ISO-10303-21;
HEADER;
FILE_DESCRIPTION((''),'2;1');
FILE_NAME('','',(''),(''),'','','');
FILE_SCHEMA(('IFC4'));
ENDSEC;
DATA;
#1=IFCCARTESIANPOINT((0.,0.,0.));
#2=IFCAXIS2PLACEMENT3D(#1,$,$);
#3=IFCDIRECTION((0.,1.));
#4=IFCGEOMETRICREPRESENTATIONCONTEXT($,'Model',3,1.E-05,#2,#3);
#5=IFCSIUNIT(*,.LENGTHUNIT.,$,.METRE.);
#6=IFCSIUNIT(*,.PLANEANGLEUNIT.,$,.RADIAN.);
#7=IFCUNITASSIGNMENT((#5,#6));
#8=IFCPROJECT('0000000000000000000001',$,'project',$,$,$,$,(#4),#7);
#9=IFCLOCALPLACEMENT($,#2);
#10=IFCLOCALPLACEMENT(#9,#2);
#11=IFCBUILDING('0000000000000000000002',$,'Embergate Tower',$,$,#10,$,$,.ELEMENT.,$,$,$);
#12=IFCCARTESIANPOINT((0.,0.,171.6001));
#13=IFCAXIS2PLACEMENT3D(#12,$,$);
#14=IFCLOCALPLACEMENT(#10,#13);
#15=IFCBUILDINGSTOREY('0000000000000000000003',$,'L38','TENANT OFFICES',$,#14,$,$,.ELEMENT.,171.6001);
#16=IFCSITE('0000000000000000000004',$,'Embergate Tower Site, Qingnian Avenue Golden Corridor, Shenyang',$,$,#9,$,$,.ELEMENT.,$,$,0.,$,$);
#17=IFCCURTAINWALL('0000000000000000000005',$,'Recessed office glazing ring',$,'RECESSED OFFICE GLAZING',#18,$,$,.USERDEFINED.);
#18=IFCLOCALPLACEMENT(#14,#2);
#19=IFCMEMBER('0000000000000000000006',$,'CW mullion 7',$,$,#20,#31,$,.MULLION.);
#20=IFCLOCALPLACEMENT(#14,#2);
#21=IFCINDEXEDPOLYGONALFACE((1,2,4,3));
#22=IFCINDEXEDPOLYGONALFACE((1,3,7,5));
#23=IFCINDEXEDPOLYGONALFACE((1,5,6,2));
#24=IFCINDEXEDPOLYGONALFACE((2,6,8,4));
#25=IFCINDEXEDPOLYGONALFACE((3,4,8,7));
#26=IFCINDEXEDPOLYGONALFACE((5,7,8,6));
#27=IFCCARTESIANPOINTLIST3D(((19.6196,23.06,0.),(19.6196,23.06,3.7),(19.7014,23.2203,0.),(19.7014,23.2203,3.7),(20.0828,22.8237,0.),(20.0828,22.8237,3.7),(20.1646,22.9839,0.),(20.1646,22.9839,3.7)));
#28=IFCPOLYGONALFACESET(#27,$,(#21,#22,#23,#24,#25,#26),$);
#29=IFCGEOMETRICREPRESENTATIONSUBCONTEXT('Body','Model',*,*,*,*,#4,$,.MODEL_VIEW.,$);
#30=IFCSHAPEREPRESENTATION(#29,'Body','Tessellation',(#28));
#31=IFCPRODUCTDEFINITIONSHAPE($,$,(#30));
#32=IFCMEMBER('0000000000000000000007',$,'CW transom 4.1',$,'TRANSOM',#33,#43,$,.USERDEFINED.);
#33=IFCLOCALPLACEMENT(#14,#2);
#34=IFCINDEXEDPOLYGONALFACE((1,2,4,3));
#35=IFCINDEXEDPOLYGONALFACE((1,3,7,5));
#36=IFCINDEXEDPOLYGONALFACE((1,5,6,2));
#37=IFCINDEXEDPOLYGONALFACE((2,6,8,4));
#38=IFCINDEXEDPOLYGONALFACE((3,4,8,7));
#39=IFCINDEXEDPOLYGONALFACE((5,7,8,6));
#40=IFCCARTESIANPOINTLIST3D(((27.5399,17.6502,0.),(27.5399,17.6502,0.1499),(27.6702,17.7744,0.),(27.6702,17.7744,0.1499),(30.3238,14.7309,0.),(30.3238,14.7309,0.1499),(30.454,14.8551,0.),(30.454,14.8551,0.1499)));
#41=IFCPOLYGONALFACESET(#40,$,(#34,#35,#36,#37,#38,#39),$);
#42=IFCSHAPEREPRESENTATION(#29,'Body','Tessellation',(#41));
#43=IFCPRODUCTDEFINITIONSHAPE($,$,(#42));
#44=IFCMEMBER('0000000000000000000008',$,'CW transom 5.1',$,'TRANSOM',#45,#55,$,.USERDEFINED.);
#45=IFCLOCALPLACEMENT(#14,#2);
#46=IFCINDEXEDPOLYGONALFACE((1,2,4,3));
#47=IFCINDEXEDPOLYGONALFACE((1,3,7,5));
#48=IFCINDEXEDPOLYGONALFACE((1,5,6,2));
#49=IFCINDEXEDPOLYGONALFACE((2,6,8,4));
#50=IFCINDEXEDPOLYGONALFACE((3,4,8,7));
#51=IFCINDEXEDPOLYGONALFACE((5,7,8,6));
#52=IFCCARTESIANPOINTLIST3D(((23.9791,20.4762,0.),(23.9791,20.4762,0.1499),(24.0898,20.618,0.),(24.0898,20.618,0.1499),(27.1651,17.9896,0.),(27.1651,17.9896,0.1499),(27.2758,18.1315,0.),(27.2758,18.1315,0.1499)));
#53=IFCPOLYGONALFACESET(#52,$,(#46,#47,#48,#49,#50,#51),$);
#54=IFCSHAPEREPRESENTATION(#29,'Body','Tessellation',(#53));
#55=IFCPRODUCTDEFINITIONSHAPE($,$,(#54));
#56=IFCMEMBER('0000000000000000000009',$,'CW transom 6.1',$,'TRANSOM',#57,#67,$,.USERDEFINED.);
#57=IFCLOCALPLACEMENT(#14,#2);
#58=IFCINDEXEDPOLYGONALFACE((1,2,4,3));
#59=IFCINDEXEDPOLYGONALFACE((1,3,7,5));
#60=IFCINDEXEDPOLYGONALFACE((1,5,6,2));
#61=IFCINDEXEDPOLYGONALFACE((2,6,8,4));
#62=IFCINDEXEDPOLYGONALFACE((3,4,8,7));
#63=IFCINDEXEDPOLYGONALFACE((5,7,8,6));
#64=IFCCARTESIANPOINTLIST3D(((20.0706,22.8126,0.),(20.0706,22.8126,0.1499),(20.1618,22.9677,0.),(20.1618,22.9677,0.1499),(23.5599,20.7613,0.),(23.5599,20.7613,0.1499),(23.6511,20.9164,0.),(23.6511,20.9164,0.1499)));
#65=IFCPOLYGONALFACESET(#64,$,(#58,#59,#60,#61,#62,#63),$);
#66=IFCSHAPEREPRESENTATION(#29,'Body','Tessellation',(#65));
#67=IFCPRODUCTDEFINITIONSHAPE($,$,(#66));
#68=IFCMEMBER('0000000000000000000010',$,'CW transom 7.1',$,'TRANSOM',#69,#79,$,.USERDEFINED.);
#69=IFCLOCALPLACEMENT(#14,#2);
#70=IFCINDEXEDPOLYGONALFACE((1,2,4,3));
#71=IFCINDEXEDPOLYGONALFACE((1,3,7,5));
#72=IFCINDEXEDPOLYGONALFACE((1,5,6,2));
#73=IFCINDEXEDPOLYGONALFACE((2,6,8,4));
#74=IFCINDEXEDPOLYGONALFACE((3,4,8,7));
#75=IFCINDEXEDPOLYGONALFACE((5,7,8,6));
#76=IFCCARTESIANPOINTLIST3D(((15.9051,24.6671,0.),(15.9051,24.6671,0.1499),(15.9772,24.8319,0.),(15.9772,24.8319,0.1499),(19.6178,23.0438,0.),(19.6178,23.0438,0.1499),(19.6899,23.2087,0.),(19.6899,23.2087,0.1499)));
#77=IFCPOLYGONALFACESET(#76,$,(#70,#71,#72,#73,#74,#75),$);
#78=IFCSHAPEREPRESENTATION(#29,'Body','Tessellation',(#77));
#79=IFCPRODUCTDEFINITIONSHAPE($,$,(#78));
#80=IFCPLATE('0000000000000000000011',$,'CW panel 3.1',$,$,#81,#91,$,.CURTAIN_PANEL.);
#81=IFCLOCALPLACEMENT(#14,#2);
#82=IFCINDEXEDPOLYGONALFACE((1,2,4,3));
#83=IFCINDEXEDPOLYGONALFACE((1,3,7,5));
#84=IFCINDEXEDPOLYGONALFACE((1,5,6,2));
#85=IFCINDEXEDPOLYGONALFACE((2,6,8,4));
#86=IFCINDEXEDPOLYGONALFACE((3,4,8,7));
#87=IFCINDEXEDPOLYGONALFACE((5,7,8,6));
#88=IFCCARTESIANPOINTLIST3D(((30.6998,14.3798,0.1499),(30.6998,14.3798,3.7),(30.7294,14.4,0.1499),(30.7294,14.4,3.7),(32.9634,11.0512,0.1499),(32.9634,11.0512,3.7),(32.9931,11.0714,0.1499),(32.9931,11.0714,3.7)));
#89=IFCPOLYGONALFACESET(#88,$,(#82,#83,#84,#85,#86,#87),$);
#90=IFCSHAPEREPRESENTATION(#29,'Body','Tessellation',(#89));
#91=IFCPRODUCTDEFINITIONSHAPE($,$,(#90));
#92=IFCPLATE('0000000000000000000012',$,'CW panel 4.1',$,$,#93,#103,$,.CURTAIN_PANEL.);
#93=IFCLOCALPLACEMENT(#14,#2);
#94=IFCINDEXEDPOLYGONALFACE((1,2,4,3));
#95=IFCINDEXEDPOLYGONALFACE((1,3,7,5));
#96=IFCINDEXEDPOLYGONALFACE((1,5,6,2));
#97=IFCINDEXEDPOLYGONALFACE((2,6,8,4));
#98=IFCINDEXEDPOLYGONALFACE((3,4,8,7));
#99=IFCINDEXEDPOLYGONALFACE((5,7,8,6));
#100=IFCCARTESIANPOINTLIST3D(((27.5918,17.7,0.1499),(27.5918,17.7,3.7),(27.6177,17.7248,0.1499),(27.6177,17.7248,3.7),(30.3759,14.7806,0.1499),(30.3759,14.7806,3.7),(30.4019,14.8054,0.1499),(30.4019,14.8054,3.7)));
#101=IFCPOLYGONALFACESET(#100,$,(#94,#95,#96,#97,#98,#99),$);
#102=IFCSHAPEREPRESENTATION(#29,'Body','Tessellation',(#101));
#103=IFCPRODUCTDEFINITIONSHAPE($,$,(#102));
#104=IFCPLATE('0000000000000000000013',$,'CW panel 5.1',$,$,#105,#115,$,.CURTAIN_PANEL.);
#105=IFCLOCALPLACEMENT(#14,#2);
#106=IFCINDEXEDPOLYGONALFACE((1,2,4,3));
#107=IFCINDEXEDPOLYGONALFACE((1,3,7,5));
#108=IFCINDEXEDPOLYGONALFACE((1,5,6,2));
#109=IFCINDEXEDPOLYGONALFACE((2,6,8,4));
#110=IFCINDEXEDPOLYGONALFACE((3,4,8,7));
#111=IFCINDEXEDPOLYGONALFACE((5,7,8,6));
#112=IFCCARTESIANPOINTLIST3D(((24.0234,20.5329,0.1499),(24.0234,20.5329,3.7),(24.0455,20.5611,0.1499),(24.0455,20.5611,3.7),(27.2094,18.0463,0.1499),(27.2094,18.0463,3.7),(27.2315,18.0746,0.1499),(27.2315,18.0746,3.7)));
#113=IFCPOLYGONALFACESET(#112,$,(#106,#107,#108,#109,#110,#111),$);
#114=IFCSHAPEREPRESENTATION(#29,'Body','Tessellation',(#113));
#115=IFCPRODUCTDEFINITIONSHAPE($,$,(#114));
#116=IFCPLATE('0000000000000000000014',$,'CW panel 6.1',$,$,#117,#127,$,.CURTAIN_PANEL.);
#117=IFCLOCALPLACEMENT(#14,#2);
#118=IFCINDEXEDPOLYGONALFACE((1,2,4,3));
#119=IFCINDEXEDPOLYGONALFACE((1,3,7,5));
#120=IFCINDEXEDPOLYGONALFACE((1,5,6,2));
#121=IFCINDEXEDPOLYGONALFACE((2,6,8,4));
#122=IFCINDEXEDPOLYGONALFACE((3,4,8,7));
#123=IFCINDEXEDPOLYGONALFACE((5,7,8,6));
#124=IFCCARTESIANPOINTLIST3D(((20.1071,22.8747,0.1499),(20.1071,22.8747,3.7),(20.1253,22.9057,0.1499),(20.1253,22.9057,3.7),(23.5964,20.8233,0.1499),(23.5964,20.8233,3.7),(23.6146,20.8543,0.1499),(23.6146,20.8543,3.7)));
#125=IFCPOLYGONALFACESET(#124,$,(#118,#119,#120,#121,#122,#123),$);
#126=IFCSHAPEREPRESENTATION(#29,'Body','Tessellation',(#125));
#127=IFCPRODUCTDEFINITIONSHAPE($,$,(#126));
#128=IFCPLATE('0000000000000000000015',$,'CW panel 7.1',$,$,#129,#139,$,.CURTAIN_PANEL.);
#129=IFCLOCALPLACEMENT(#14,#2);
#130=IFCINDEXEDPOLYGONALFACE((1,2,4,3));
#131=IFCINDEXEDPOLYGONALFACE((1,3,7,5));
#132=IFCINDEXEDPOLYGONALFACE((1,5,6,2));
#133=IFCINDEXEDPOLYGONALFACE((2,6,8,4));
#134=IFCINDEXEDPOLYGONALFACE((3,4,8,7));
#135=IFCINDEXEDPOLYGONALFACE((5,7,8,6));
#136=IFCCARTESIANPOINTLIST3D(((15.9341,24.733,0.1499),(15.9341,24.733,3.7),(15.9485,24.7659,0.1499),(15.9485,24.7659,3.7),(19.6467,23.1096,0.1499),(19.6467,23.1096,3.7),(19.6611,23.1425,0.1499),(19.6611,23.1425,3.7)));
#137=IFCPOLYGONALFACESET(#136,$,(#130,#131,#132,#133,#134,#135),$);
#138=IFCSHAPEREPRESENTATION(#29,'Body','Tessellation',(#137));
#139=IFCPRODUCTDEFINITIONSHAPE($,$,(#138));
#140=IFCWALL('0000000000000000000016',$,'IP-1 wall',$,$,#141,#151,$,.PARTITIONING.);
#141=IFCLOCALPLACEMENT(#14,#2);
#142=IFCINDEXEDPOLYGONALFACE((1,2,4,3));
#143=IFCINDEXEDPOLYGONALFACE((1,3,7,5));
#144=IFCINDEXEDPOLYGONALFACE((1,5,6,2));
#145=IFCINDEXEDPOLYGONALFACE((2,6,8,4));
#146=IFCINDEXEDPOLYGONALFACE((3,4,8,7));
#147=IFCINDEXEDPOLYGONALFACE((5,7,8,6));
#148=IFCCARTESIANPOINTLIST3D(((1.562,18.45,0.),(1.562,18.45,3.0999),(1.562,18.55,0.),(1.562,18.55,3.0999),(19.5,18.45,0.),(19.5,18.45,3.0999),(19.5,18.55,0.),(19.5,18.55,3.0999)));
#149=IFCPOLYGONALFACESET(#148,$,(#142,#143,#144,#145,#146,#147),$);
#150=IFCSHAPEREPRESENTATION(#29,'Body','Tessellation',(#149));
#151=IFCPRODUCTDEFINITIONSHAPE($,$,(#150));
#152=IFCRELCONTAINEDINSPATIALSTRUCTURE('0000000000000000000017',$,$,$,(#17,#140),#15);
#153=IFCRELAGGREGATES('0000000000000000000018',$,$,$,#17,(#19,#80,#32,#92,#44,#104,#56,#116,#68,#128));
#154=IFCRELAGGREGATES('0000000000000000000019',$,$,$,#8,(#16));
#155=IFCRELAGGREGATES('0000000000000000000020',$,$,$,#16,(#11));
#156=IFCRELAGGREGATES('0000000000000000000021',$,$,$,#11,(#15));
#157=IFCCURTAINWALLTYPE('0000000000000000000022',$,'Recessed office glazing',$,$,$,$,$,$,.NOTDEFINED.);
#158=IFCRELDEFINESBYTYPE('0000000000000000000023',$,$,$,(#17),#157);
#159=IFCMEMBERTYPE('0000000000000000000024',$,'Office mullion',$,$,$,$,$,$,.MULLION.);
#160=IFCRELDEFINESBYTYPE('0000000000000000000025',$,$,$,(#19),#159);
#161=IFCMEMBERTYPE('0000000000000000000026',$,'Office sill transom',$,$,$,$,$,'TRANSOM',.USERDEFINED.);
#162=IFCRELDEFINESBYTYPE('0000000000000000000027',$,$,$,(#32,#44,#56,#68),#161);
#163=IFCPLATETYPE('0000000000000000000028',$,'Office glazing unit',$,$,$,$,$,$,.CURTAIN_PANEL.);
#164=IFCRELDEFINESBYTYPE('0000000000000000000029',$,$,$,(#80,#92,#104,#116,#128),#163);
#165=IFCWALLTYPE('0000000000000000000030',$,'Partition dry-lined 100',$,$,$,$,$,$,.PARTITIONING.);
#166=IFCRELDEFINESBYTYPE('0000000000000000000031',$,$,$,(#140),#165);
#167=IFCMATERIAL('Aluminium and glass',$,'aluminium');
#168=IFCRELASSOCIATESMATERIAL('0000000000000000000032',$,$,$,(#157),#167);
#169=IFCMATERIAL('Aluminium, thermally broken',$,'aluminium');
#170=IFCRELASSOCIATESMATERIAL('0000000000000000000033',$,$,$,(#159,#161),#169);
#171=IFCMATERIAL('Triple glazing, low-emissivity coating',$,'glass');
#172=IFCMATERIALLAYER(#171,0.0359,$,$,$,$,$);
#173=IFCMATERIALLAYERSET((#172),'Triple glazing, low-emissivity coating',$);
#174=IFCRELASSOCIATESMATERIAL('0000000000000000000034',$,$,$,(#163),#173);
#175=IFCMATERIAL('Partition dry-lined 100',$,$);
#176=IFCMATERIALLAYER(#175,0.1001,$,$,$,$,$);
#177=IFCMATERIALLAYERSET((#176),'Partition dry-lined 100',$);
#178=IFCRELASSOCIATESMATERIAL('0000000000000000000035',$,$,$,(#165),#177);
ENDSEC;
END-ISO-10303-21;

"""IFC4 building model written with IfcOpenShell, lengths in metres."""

from ifc_helpers import new_model, si_unit, direction, frame, frame_2d, origin, origin_2d, place, context, subcontext, project, spatial, rectangle, extrude, source, transform, mapped, material, layer, layer_set, material_profile, profile_set, type_object, element, aggregate, save


model = new_model("IFC4")

# Units and contexts
model_context = context("Model", 3, precision=1e-05, world=origin(), true_north=direction((0.0, 1.0)))
body_context = subcontext(model_context, "Body", "Model", "MODEL_VIEW")
ifc_project = project(units=[si_unit("LENGTHUNIT", "METRE"), si_unit("PLANEANGLEUNIT", "RADIAN")], contexts=[model_context])

# Site, building, storey
site_placement = place(None, origin())
site = spatial("IfcSite", under=ifc_project, at=site_placement, Name="Embergate Tower Site, Qingnian Avenue Golden Corridor, Shenyang", CompositionType="ELEMENT", RefElevation=0.0)
building_placement = place(site_placement, origin())
building = spatial("IfcBuilding", under=site, at=building_placement, Name="Embergate Tower", CompositionType="ELEMENT")
storey_placement = place(building_placement, frame((0.0, 0.0, 171.6001)))
storey = spatial("IfcBuildingStorey", under=building, at=storey_placement, Name="L38", Description="TENANT OFFICES", CompositionType="ELEMENT", Elevation=171.6001)

# Curtain wall, members, plates
ifc_material_1 = material(Name="Aluminium and glass", Category="aluminium")
curtain_wall_type = type_object("IfcCurtainWallType", Name="Recessed office glazing", PredefinedType="NOTDEFINED", material=ifc_material_1)
curtain_wall_placement = place(storey_placement, origin())
curtain_wall = element("IfcCurtainWall", 1, at=curtain_wall_placement, inside=storey, type_object=curtain_wall_type, Name="Recessed office glazing ring", ObjectType="RECESSED OFFICE GLAZING", PredefinedType="USERDEFINED")
ifc_material_2 = material(Name="Aluminium, thermally broken", Category="aluminium")
ifc_material_profile_1 = material_profile(ifc_material_2, rectangle(XDim=0.1799, YDim=0.52, at=origin_2d()), Name="AL 520x180")
ifc_profile_set_1 = profile_set([ifc_material_profile_1], Name="Aluminium, thermally broken")
member_type_1 = type_object("IfcMemberType", Name="Office mullion", PredefinedType="MULLION", material=ifc_profile_set_1)
shared_shape_1 = source(origin(), body_context, "Body", "SweptSolid", [
    extrude(rectangle(XDim=0.1799, YDim=0.52, at=origin_2d()), origin(), (0.0, 0.0, 1.0), 3.7),
])
member_1_placement = place(storey_placement, frame((19.8921, 23.022, 0.0), z_axis=(0.0, 0.0, 1.0), x_axis=(-0.454505, -0.890744, 0.0)))
member_1 = element("IfcMember", 2, at=member_1_placement, type_object=member_type_1, Name="CW mullion 7", PredefinedType="MULLION", context=body_context, shape_type="MappedRepresentation", body=[
    mapped(shared_shape_1, transform((0.0, 0.0, 0.0))),
])
ifc_material_profile_2 = material_profile(ifc_material_2, rectangle(XDim=0.1799, YDim=0.1499, at=origin_2d()), Name="AL 150x180")
ifc_profile_set_2 = profile_set([ifc_material_profile_2], Name="Aluminium, thermally broken")
member_type_2 = type_object("IfcMemberType", Name="Office sill transom", ElementType="TRANSOM", PredefinedType="USERDEFINED", material=ifc_profile_set_2)
shared_shape_2 = source(origin(), body_context, "Body", "SweptSolid", [
    extrude(rectangle(XDim=0.1799, YDim=0.1499, at=origin_2d()), origin(), (0.0, 0.0, 1.0), 4.0339),
])
member_2_placement = place(storey_placement, frame((30.3889, 14.793, 0.075), z_axis=(-0.690113, 0.723702, 0.0), x_axis=(-0.723702, -0.690113, 0.0)))
member_2 = element("IfcMember", 3, at=member_2_placement, type_object=member_type_2, Name="CW transom 4.1", ObjectType="TRANSOM", PredefinedType="USERDEFINED", context=body_context, shape_type="MappedRepresentation", body=[
    mapped(shared_shape_2, transform((0.0, 0.0, 0.0))),
])
shared_shape_3 = source(origin(), body_context, "Body", "SweptSolid", [
    extrude(rectangle(XDim=0.1799, YDim=0.1499, at=origin_2d()), origin(), (0.0, 0.0, 1.0), 4.0415),
])
member_3_placement = place(storey_placement, frame((27.2205, 18.0605, 0.075), z_axis=(-0.788327, 0.615257, 0.0), x_axis=(-0.615257, -0.788327, 0.0)))
member_3 = element("IfcMember", 4, at=member_3_placement, type_object=member_type_2, Name="CW transom 5.1", ObjectType="TRANSOM", PredefinedType="USERDEFINED", context=body_context, shape_type="MappedRepresentation", body=[
    mapped(shared_shape_3, transform((0.0, 0.0, 0.0))),
])
shared_shape_4 = source(origin(), body_context, "Body", "SweptSolid", [
    extrude(rectangle(XDim=0.1799, YDim=0.1499, at=origin_2d()), origin(), (0.0, 0.0, 1.0), 4.0476),
])
member_4_placement = place(storey_placement, frame((23.6055, 20.8389, 0.075), z_axis=(-0.862068, 0.506793, 0.0), x_axis=(-0.506793, -0.862068, 0.0)))
member_4 = element("IfcMember", 5, at=member_4_placement, type_object=member_type_2, Name="CW transom 6.1", ObjectType="TRANSOM", PredefinedType="USERDEFINED", context=body_context, shape_type="MappedRepresentation", body=[
    mapped(shared_shape_4, transform((0.0, 0.0, 0.0))),
])
shared_shape_5 = source(origin(), body_context, "Body", "SweptSolid", [
    extrude(rectangle(XDim=0.1799, YDim=0.1499, at=origin_2d()), origin(), (0.0, 0.0, 1.0), 4.052),
])
member_5_placement = place(storey_placement, frame((19.6538, 23.1262, 0.075), z_axis=(-0.916247, 0.400613, 0.0), x_axis=(-0.400613, -0.916247, 0.0)))
member_5 = element("IfcMember", 6, at=member_5_placement, type_object=member_type_2, Name="CW transom 7.1", ObjectType="TRANSOM", PredefinedType="USERDEFINED", context=body_context, shape_type="MappedRepresentation", body=[
    mapped(shared_shape_5, transform((0.0, 0.0, 0.0))),
])
ifc_material_3 = material(Name="Triple glazing, low-emissivity coating", Category="glass")
ifc_layer_1 = layer(ifc_material_3, 0.0359)
ifc_layer_set_1 = layer_set([ifc_layer_1], Name="Triple glazing, low-emissivity coating")
plate_type = type_object("IfcPlateType", Name="Office glazing unit", PredefinedType="CURTAIN_PANEL", material=ifc_layer_set_1)
shared_shape_6 = source(origin(), body_context, "Body", "SweptSolid", [
    extrude(rectangle(XDim=4.0254, YDim=0.0359, at=origin_2d()), origin(), (0.0, 0.0, 1.0), 3.55),
])
plate_1_placement = place(storey_placement, frame((31.8464, 12.7256, 0.1499), z_axis=(0.0, 0.0, 1.0), x_axis=(-0.562348, 0.826901, 0.0)))
plate_1 = element("IfcPlate", 7, at=plate_1_placement, type_object=plate_type, Name="CW panel 3.1", PredefinedType="CURTAIN_PANEL", context=body_context, shape_type="MappedRepresentation", body=[
    mapped(shared_shape_6, transform((0.0, 0.0, 0.0))),
])
shared_shape_7 = source(origin(), body_context, "Body", "SweptSolid", [
    extrude(rectangle(XDim=4.0342, YDim=0.0359, at=origin_2d()), origin(), (0.0, 0.0, 1.0), 3.55),
])
plate_2_placement = place(storey_placement, frame((28.9968, 16.2527, 0.1499), z_axis=(0.0, 0.0, 1.0), x_axis=(-0.69014, 0.723676, 0.0)))
plate_2 = element("IfcPlate", 8, at=plate_2_placement, type_object=plate_type, Name="CW panel 4.1", PredefinedType="CURTAIN_PANEL", context=body_context, shape_type="MappedRepresentation", body=[
    mapped(shared_shape_7, transform((0.0, 0.0, 0.0))),
])
shared_shape_8 = source(origin(), body_context, "Body", "SweptSolid", [
    extrude(rectangle(XDim=4.0415, YDim=0.0359, at=origin_2d()), origin(), (0.0, 0.0, 1.0), 3.55),
])
plate_3_placement = place(storey_placement, frame((25.6274, 19.3037, 0.1499), z_axis=(0.0, 0.0, 1.0), x_axis=(-0.788324, 0.61526, 0.0)))
plate_3 = element("IfcPlate", 9, at=plate_3_placement, type_object=plate_type, Name="CW panel 5.1", PredefinedType="CURTAIN_PANEL", context=body_context, shape_type="MappedRepresentation", body=[
    mapped(shared_shape_8, transform((0.0, 0.0, 0.0))),
])
shared_shape_9 = source(origin(), body_context, "Body", "SweptSolid", [
    extrude(rectangle(XDim=4.0476, YDim=0.0359, at=origin_2d()), origin(), (0.0, 0.0, 1.0), 3.55),
])
plate_4_placement = place(storey_placement, frame((21.8608, 21.8645, 0.1499), z_axis=(0.0, 0.0, 1.0), x_axis=(-0.862056, 0.506813, 0.0)))
plate_4 = element("IfcPlate", 10, at=plate_4_placement, type_object=plate_type, Name="CW panel 6.1", PredefinedType="CURTAIN_PANEL", context=body_context, shape_type="MappedRepresentation", body=[
    mapped(shared_shape_9, transform((0.0, 0.0, 0.0))),
])
shared_shape_10 = source(origin(), body_context, "Body", "SweptSolid", [
    extrude(rectangle(XDim=4.052, YDim=0.0359, at=origin_2d()), origin(), (0.0, 0.0, 1.0), 3.55),
])
plate_5_placement = place(storey_placement, frame((17.7976, 23.9377, 0.1499), z_axis=(0.0, 0.0, 1.0), x_axis=(-0.916238, 0.400634, 0.0)))
plate_5 = element("IfcPlate", 11, at=plate_5_placement, type_object=plate_type, Name="CW panel 7.1", PredefinedType="CURTAIN_PANEL", context=body_context, shape_type="MappedRepresentation", body=[
    mapped(shared_shape_10, transform((0.0, 0.0, 0.0))),
])
aggregate(curtain_wall, [member_1, plate_1, member_2, plate_2, member_3, plate_3, member_4, plate_4, member_5, plate_5])

# Wall
ifc_material_4 = material(Name="Partition dry-lined 100")
ifc_layer_2 = layer(ifc_material_4, 0.1001)
ifc_layer_set_2 = layer_set([ifc_layer_2], Name="Partition dry-lined 100")
wall_type = type_object("IfcWallType", Name="Partition dry-lined 100", PredefinedType="PARTITIONING", material=ifc_layer_set_2)
shared_shape_11 = source(origin(), body_context, "Body", "SweptSolid", [
    extrude(rectangle(XDim=17.938, YDim=0.1001, at=frame_2d((8.969, 0.0))), origin(), (0.0, 0.0, 1.0), 3.0999),
])
wall_placement = place(storey_placement, frame((19.5, 18.5, 0.0), z_axis=(0.0, 0.0, 1.0), x_axis=(-1.0, 0.0, 0.0)))
element("IfcWall", 12, at=wall_placement, inside=storey, type_object=wall_type, Name="IP-1 wall", PredefinedType="PARTITIONING", context=body_context, shape_type="MappedRepresentation", body=[
    mapped(shared_shape_11, transform((0.0, 0.0, 0.0))),
])

save(model, "model.ifc")
